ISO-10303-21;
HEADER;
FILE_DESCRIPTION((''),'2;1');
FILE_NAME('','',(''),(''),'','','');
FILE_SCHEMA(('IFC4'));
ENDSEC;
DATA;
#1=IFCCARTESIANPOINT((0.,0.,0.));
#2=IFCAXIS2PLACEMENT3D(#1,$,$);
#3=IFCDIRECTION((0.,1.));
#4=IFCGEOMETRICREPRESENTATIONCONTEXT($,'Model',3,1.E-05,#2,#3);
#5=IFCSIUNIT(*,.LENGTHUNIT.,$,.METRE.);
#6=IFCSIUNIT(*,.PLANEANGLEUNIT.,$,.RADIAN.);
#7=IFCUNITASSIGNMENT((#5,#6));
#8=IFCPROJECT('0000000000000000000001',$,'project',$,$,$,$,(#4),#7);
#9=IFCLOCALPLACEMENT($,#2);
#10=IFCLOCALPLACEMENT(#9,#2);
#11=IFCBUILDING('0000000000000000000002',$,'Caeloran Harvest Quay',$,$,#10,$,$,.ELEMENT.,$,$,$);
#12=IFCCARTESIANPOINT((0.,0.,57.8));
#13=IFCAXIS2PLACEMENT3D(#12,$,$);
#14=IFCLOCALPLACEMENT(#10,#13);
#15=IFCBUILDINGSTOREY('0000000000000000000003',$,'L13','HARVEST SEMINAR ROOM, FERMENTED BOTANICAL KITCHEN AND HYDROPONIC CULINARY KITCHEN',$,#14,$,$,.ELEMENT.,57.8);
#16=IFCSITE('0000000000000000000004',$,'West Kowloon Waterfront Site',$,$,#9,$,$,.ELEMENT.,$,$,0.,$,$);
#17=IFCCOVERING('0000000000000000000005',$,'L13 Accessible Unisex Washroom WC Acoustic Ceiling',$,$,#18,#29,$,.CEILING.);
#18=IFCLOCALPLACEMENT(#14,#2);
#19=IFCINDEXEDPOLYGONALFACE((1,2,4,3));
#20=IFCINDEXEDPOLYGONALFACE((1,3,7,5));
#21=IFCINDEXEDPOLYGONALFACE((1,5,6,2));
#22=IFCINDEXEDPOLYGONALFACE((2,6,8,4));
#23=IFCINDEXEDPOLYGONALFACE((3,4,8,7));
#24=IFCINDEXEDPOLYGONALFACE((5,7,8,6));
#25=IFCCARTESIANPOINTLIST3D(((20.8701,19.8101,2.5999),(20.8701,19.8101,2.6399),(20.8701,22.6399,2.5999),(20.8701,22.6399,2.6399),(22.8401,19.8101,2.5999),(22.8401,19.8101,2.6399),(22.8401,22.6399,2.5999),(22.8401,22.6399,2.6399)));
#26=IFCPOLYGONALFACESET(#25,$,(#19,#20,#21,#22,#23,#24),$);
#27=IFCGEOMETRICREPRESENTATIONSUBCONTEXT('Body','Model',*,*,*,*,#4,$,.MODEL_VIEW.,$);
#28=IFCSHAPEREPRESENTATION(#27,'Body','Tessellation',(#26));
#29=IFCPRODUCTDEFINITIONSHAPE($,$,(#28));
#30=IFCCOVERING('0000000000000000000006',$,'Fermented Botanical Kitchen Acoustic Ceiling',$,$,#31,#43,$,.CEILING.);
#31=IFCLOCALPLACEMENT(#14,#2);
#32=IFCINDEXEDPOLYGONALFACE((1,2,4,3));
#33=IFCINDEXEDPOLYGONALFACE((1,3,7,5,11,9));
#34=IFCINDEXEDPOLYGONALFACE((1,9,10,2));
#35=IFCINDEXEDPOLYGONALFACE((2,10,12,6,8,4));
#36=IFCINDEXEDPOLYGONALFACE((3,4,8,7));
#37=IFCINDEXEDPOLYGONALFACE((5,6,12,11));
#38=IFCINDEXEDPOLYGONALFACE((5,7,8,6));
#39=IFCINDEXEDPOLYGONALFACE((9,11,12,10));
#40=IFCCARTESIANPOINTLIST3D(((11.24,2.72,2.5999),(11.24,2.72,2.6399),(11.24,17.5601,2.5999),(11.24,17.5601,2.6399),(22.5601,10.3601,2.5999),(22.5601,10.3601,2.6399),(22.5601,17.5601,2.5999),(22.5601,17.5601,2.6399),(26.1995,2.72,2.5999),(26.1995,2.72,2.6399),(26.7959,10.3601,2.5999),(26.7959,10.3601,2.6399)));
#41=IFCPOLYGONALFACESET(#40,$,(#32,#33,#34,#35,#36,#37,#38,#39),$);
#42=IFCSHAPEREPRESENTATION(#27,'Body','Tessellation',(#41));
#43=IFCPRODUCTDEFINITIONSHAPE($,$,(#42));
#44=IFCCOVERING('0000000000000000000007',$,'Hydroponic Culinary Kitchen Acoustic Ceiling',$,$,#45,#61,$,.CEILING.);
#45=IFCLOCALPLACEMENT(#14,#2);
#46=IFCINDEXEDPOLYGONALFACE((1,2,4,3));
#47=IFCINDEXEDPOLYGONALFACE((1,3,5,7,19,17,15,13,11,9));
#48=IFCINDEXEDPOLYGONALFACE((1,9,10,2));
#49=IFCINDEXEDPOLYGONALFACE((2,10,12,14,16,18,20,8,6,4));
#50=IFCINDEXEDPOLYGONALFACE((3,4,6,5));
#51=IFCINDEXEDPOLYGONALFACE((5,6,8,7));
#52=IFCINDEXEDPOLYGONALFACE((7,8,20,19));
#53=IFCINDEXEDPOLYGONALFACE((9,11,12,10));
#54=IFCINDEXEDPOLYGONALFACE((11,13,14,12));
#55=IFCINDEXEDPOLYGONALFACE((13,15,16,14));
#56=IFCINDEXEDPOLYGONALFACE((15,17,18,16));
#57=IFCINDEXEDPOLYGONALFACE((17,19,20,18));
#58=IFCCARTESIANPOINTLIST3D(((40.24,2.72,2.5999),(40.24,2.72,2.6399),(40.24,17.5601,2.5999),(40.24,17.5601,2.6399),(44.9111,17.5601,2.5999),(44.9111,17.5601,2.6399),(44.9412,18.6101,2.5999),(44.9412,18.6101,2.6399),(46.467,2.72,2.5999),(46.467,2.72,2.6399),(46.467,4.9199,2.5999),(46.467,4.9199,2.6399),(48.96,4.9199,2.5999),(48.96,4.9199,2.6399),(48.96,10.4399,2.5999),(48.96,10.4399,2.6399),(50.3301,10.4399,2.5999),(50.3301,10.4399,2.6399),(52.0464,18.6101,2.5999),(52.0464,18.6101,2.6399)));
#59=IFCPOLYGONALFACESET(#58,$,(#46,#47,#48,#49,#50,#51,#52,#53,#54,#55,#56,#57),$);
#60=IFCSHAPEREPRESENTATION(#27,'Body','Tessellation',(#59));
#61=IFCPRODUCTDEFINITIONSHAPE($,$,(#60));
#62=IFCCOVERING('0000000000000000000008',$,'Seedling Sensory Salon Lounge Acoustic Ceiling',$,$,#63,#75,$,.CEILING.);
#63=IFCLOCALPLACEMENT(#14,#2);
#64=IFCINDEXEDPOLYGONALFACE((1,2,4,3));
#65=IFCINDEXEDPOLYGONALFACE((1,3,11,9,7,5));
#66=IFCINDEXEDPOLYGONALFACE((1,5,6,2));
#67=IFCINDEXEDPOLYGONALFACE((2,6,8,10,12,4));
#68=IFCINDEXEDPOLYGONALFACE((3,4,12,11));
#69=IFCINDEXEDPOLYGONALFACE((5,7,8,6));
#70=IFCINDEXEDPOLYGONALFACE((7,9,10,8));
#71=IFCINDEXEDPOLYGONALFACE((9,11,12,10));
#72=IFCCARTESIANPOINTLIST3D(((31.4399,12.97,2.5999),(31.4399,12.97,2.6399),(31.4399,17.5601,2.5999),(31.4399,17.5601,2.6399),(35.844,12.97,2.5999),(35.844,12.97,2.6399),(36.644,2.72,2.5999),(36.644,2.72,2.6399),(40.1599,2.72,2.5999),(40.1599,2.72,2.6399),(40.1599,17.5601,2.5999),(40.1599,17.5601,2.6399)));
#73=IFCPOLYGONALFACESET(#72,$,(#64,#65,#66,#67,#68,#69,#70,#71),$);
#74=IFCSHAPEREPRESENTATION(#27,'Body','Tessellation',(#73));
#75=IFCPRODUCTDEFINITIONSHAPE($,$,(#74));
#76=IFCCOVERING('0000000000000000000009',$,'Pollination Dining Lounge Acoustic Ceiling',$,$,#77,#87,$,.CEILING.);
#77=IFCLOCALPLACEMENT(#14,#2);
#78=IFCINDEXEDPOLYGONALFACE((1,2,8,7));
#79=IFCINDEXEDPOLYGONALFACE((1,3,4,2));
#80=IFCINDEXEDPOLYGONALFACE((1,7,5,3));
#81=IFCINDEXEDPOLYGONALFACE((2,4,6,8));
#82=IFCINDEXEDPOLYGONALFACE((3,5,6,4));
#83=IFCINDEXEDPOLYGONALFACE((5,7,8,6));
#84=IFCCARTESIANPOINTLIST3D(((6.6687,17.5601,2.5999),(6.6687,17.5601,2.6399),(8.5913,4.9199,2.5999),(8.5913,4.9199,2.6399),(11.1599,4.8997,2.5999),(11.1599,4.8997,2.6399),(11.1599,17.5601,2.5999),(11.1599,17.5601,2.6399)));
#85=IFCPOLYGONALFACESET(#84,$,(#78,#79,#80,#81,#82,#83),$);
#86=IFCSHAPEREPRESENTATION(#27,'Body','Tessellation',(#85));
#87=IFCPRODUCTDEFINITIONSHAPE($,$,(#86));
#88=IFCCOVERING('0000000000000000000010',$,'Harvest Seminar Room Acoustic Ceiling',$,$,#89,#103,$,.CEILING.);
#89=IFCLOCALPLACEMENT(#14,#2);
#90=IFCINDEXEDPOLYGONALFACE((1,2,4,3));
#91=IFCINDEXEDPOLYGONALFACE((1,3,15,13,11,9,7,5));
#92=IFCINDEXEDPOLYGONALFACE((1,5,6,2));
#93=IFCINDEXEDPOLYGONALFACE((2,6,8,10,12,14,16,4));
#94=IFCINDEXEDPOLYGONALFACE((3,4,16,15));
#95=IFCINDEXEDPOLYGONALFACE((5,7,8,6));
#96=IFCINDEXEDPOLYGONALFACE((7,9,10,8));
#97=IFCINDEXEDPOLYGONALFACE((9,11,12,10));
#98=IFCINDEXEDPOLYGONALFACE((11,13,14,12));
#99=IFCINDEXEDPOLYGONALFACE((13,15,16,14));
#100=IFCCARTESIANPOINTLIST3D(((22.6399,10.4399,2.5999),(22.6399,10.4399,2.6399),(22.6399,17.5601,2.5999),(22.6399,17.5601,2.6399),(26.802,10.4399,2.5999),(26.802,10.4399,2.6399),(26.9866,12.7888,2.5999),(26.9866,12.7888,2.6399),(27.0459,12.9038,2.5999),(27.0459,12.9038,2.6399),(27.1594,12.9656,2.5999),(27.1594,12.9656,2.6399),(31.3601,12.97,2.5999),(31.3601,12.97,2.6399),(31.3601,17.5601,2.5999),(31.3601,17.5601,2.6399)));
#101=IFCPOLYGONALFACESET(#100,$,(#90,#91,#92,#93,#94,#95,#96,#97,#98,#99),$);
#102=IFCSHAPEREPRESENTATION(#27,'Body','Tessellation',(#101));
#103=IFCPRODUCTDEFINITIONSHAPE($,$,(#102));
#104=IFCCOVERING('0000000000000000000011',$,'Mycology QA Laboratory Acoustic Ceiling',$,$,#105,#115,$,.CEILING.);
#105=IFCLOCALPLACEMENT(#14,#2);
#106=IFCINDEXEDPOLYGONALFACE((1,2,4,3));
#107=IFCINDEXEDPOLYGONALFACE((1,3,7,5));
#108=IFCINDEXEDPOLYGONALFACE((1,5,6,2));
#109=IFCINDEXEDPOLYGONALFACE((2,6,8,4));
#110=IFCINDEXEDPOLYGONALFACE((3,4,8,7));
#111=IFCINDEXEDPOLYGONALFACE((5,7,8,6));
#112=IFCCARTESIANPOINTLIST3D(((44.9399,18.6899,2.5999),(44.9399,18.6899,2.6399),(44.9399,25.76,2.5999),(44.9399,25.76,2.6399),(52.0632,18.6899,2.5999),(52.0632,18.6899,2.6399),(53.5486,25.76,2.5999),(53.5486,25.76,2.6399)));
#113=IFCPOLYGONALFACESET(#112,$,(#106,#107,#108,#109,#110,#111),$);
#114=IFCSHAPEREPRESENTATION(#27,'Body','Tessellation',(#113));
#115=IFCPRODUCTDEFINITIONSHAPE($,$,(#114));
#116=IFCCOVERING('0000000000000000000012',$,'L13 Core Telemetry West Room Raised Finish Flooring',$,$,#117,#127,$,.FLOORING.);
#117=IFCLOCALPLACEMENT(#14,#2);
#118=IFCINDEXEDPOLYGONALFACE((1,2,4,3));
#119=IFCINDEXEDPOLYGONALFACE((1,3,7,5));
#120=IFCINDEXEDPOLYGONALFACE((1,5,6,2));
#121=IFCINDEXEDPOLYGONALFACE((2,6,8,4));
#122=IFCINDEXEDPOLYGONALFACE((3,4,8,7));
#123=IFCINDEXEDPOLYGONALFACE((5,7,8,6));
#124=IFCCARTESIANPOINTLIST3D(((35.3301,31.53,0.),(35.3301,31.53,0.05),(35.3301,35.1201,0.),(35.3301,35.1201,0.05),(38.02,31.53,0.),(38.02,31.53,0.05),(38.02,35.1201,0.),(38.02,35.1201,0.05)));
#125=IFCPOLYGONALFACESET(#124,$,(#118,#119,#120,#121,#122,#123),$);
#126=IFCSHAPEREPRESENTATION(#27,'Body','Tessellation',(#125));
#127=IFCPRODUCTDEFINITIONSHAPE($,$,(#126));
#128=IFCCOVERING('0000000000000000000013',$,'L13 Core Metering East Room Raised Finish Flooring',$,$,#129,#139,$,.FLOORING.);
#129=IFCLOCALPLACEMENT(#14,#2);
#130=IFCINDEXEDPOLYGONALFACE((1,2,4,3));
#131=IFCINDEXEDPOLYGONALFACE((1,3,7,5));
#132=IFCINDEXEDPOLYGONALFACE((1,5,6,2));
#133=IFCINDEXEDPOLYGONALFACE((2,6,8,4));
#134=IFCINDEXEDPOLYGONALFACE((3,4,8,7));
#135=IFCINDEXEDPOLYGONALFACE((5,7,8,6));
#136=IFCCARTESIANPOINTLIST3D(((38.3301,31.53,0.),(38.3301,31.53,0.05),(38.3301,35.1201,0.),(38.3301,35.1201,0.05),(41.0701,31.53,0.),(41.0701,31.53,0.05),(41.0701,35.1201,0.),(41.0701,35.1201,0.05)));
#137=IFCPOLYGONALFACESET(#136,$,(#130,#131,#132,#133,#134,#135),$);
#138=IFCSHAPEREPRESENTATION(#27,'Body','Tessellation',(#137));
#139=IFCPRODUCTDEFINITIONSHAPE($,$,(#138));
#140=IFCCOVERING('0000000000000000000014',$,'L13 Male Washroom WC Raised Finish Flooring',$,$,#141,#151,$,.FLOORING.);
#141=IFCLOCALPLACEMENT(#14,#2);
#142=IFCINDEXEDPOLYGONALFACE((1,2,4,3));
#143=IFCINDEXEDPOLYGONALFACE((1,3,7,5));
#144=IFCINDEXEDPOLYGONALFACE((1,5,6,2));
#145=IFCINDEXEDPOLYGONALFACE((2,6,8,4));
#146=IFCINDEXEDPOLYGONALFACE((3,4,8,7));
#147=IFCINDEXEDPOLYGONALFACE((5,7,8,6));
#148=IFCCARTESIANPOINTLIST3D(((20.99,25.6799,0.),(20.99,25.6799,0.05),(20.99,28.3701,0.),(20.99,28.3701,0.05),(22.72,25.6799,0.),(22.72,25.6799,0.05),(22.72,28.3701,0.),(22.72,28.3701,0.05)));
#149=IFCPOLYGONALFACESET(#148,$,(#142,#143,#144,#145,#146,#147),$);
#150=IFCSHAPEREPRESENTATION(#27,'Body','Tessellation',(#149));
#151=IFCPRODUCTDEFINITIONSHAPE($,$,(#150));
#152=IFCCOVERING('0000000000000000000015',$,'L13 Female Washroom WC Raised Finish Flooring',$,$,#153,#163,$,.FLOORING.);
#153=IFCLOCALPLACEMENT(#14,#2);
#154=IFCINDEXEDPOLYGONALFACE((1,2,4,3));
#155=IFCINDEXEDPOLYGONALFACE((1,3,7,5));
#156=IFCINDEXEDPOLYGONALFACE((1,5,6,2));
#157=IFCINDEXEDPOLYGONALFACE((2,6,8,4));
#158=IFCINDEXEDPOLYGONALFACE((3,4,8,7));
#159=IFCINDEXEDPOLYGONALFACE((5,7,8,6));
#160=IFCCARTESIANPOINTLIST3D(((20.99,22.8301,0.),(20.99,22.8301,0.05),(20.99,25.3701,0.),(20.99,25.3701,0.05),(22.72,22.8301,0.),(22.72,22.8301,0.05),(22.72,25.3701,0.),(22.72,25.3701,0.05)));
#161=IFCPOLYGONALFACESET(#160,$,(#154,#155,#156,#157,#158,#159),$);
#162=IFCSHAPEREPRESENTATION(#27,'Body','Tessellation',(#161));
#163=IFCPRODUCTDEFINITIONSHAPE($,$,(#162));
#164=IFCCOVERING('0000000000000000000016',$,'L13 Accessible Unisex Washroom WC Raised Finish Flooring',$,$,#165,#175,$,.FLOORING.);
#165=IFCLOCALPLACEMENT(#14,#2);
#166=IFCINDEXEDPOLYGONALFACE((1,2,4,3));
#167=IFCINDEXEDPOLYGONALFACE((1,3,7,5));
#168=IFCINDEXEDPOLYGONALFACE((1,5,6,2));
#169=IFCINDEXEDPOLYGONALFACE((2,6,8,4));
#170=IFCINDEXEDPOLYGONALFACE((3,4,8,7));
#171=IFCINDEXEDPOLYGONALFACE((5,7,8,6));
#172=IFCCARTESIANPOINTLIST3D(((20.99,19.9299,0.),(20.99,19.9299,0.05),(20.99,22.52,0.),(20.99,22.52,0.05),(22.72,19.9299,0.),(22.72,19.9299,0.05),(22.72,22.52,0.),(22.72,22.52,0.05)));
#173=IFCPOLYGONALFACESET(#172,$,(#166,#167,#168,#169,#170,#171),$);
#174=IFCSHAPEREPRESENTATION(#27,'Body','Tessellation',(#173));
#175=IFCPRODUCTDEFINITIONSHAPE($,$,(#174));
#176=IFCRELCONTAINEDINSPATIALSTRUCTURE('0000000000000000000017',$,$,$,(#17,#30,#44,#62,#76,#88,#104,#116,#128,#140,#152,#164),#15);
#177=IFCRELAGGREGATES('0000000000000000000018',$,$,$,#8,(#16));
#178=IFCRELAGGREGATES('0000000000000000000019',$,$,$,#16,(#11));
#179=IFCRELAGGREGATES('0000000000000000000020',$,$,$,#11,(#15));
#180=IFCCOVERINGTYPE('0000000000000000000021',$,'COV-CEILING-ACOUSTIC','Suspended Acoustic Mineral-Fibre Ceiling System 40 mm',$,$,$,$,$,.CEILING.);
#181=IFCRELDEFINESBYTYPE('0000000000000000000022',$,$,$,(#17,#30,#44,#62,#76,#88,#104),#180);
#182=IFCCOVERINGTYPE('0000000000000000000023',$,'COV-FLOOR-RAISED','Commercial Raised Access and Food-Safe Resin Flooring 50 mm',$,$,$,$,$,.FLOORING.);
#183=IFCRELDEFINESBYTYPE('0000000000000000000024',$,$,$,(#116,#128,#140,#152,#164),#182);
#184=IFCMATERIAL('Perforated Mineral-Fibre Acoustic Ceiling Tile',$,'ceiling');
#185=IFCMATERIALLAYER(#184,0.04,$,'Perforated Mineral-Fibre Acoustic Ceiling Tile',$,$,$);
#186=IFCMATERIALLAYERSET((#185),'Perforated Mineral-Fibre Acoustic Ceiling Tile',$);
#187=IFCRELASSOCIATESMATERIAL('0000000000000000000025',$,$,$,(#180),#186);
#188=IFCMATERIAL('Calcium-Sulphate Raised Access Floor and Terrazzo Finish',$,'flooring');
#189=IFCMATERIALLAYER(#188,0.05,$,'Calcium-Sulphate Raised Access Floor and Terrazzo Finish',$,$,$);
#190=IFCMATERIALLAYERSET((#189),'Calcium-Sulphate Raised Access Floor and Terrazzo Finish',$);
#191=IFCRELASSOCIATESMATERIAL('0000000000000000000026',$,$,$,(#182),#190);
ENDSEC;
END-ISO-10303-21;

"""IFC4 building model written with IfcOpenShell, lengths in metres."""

from ifc_helpers import new_model, si_unit, direction, frame, origin, place, context, subcontext, project, spatial, polyline, outline, extrude, material, layer, layer_set, type_object, element, save


model = new_model("IFC4")

# Units and contexts
model_context = context("Model", 3, precision=1e-05, world=origin(), true_north=direction((0.0, 1.0)))
body_context = subcontext(model_context, "Body", "Model", "MODEL_VIEW")
ifc_project = project(units=[si_unit("LENGTHUNIT", "METRE"), si_unit("PLANEANGLEUNIT", "RADIAN")], contexts=[model_context])

# Site, building, storey
site_placement = place(None, origin())
site = spatial("IfcSite", under=ifc_project, at=site_placement, Name="West Kowloon Waterfront Site", CompositionType="ELEMENT", RefElevation=0.0)
building_placement = place(site_placement, origin())
building = spatial("IfcBuilding", under=site, at=building_placement, Name="Caeloran Harvest Quay", CompositionType="ELEMENT")
storey_placement = place(building_placement, frame((0.0, 0.0, 57.8)))
storey = spatial("IfcBuildingStorey", under=building, at=storey_placement, Name="L13", Description="HARVEST SEMINAR ROOM, FERMENTED BOTANICAL KITCHEN AND HYDROPONIC CULINARY KITCHEN", CompositionType="ELEMENT", Elevation=57.8)

# Coverings
ifc_material_1 = material(Name="Perforated Mineral-Fibre Acoustic Ceiling Tile", Category="ceiling")
ifc_layer_1 = layer(ifc_material_1, 0.04, Name="Perforated Mineral-Fibre Acoustic Ceiling Tile")
ifc_layer_set_1 = layer_set([ifc_layer_1], Name="Perforated Mineral-Fibre Acoustic Ceiling Tile")
covering_type_1 = type_object("IfcCoveringType", Name="COV-CEILING-ACOUSTIC", Description="Suspended Acoustic Mineral-Fibre Ceiling System 40 mm", PredefinedType="CEILING", material=ifc_layer_set_1)
covering_1_placement = place(storey_placement, frame((0.0, 0.0, 2.5999)))
element("IfcCovering", 1, at=covering_1_placement, inside=storey, type_object=covering_type_1, Name="L13 Accessible Unisex Washroom WC Acoustic Ceiling", PredefinedType="CEILING", context=body_context, shape_type="SweptSolid", body=[
    extrude(outline(polyline([(22.8401, 19.8101), (20.8701, 19.8101), (20.8701, 22.6399), (22.8401, 22.6399), (22.8401, 19.8101)])), origin(), (0.0, 0.0, 1.0), 0.04),
])
covering_2_placement = place(storey_placement, frame((0.0, 0.0, 2.5999)))
element("IfcCovering", 2, at=covering_2_placement, inside=storey, type_object=covering_type_1, Name="Fermented Botanical Kitchen Acoustic Ceiling", PredefinedType="CEILING", context=body_context, shape_type="SweptSolid", body=[
    extrude(outline(polyline([(22.5601, 10.3601), (26.7959, 10.3601), (26.1995, 2.72), (11.24, 2.72), (11.24, 17.5601), (22.5601, 17.5601), (22.5601, 10.3601)])), origin(), (0.0, 0.0, 1.0), 0.04),
])
covering_3_placement = place(storey_placement, frame((0.0, 0.0, 2.5999)))
element("IfcCovering", 3, at=covering_3_placement, inside=storey, type_object=covering_type_1, Name="Hydroponic Culinary Kitchen Acoustic Ceiling", PredefinedType="CEILING", context=body_context, shape_type="SweptSolid", body=[
    extrude(outline(polyline([(52.0464, 18.6101), (50.3301, 10.4399), (48.96, 10.4399), (48.96, 4.9199), (46.467, 4.9199), (46.467, 2.72), (40.24, 2.72), (40.24, 17.5601), (44.9111, 17.5601), (44.9412, 18.6101), (52.0464, 18.6101)])), origin(), (0.0, 0.0, 1.0), 0.04),
])
covering_4_placement = place(storey_placement, frame((0.0, 0.0, 2.5999)))
element("IfcCovering", 4, at=covering_4_placement, inside=storey, type_object=covering_type_1, Name="Seedling Sensory Salon Lounge Acoustic Ceiling", PredefinedType="CEILING", context=body_context, shape_type="SweptSolid", body=[
    extrude(outline(polyline([(31.4399, 17.5601), (40.1599, 17.5601), (40.1599, 2.72), (36.644, 2.72), (35.844, 12.97), (31.4399, 12.97), (31.4399, 17.5601)])), origin(), (0.0, 0.0, 1.0), 0.04),
])
covering_5_placement = place(storey_placement, frame((0.0, 0.0, 2.5999)))
element("IfcCovering", 5, at=covering_5_placement, inside=storey, type_object=covering_type_1, Name="Pollination Dining Lounge Acoustic Ceiling", PredefinedType="CEILING", context=body_context, shape_type="SweptSolid", body=[
    extrude(outline(polyline([(11.1599, 4.8997), (8.5913, 4.9199), (6.6687, 17.5601), (11.1599, 17.5601), (11.1599, 4.8997)])), origin(), (0.0, 0.0, 1.0), 0.04),
])
covering_6_placement = place(storey_placement, frame((0.0, 0.0, 2.5999)))
element("IfcCovering", 6, at=covering_6_placement, inside=storey, type_object=covering_type_1, Name="Harvest Seminar Room Acoustic Ceiling", PredefinedType="CEILING", context=body_context, shape_type="SweptSolid", body=[
    extrude(outline(polyline([(27.1594, 12.9656), (27.0459, 12.9038), (26.9866, 12.7888), (26.802, 10.4399), (22.6399, 10.4399), (22.6399, 17.5601), (31.3601, 17.5601), (31.3601, 12.97), (27.1594, 12.9656)])), origin(), (0.0, 0.0, 1.0), 0.04),
])
covering_7_placement = place(storey_placement, frame((0.0, 0.0, 2.5999)))
element("IfcCovering", 7, at=covering_7_placement, inside=storey, type_object=covering_type_1, Name="Mycology QA Laboratory Acoustic Ceiling", PredefinedType="CEILING", context=body_context, shape_type="SweptSolid", body=[
    extrude(outline(polyline([(44.9399, 18.6899), (44.9399, 25.76), (53.5486, 25.76), (52.0632, 18.6899), (44.9399, 18.6899)])), origin(), (0.0, 0.0, 1.0), 0.04),
])
ifc_material_2 = material(Name="Calcium-Sulphate Raised Access Floor and Terrazzo Finish", Category="flooring")
ifc_layer_2 = layer(ifc_material_2, 0.05, Name="Calcium-Sulphate Raised Access Floor and Terrazzo Finish")
ifc_layer_set_2 = layer_set([ifc_layer_2], Name="Calcium-Sulphate Raised Access Floor and Terrazzo Finish")
covering_type_2 = type_object("IfcCoveringType", Name="COV-FLOOR-RAISED", Description="Commercial Raised Access and Food-Safe Resin Flooring 50 mm", PredefinedType="FLOORING", material=ifc_layer_set_2)
covering_8_placement = place(storey_placement, origin())
element("IfcCovering", 8, at=covering_8_placement, inside=storey, type_object=covering_type_2, Name="L13 Core Telemetry West Room Raised Finish Flooring", PredefinedType="FLOORING", context=body_context, shape_type="SweptSolid", body=[
    extrude(outline(polyline([(38.02, 35.1201), (38.02, 31.53), (35.3301, 31.53), (35.3301, 35.1201), (38.02, 35.1201)])), origin(), (0.0, 0.0, 1.0), 0.05),
])
covering_9_placement = place(storey_placement, origin())
element("IfcCovering", 9, at=covering_9_placement, inside=storey, type_object=covering_type_2, Name="L13 Core Metering East Room Raised Finish Flooring", PredefinedType="FLOORING", context=body_context, shape_type="SweptSolid", body=[
    extrude(outline(polyline([(41.0701, 35.1201), (41.0701, 31.53), (38.3301, 31.53), (38.3301, 35.1201), (41.0701, 35.1201)])), origin(), (0.0, 0.0, 1.0), 0.05),
])
covering_10_placement = place(storey_placement, origin())
element("IfcCovering", 10, at=covering_10_placement, inside=storey, type_object=covering_type_2, Name="L13 Male Washroom WC Raised Finish Flooring", PredefinedType="FLOORING", context=body_context, shape_type="SweptSolid", body=[
    extrude(outline(polyline([(22.72, 25.6799), (20.99, 25.6799), (20.99, 28.3701), (22.72, 28.3701), (22.72, 25.6799)])), origin(), (0.0, 0.0, 1.0), 0.05),
])
covering_11_placement = place(storey_placement, origin())
element("IfcCovering", 11, at=covering_11_placement, inside=storey, type_object=covering_type_2, Name="L13 Female Washroom WC Raised Finish Flooring", PredefinedType="FLOORING", context=body_context, shape_type="SweptSolid", body=[
    extrude(outline(polyline([(22.72, 22.8301), (20.99, 22.8301), (20.99, 25.3701), (22.72, 25.3701), (22.72, 22.8301)])), origin(), (0.0, 0.0, 1.0), 0.05),
])
covering_12_placement = place(storey_placement, origin())
element("IfcCovering", 12, at=covering_12_placement, inside=storey, type_object=covering_type_2, Name="L13 Accessible Unisex Washroom WC Raised Finish Flooring", PredefinedType="FLOORING", context=body_context, shape_type="SweptSolid", body=[
    extrude(outline(polyline([(22.72, 19.9299), (20.99, 19.9299), (20.99, 22.52), (22.72, 22.52), (22.72, 19.9299)])), origin(), (0.0, 0.0, 1.0), 0.05),
])

save(model, "model.ifc")
